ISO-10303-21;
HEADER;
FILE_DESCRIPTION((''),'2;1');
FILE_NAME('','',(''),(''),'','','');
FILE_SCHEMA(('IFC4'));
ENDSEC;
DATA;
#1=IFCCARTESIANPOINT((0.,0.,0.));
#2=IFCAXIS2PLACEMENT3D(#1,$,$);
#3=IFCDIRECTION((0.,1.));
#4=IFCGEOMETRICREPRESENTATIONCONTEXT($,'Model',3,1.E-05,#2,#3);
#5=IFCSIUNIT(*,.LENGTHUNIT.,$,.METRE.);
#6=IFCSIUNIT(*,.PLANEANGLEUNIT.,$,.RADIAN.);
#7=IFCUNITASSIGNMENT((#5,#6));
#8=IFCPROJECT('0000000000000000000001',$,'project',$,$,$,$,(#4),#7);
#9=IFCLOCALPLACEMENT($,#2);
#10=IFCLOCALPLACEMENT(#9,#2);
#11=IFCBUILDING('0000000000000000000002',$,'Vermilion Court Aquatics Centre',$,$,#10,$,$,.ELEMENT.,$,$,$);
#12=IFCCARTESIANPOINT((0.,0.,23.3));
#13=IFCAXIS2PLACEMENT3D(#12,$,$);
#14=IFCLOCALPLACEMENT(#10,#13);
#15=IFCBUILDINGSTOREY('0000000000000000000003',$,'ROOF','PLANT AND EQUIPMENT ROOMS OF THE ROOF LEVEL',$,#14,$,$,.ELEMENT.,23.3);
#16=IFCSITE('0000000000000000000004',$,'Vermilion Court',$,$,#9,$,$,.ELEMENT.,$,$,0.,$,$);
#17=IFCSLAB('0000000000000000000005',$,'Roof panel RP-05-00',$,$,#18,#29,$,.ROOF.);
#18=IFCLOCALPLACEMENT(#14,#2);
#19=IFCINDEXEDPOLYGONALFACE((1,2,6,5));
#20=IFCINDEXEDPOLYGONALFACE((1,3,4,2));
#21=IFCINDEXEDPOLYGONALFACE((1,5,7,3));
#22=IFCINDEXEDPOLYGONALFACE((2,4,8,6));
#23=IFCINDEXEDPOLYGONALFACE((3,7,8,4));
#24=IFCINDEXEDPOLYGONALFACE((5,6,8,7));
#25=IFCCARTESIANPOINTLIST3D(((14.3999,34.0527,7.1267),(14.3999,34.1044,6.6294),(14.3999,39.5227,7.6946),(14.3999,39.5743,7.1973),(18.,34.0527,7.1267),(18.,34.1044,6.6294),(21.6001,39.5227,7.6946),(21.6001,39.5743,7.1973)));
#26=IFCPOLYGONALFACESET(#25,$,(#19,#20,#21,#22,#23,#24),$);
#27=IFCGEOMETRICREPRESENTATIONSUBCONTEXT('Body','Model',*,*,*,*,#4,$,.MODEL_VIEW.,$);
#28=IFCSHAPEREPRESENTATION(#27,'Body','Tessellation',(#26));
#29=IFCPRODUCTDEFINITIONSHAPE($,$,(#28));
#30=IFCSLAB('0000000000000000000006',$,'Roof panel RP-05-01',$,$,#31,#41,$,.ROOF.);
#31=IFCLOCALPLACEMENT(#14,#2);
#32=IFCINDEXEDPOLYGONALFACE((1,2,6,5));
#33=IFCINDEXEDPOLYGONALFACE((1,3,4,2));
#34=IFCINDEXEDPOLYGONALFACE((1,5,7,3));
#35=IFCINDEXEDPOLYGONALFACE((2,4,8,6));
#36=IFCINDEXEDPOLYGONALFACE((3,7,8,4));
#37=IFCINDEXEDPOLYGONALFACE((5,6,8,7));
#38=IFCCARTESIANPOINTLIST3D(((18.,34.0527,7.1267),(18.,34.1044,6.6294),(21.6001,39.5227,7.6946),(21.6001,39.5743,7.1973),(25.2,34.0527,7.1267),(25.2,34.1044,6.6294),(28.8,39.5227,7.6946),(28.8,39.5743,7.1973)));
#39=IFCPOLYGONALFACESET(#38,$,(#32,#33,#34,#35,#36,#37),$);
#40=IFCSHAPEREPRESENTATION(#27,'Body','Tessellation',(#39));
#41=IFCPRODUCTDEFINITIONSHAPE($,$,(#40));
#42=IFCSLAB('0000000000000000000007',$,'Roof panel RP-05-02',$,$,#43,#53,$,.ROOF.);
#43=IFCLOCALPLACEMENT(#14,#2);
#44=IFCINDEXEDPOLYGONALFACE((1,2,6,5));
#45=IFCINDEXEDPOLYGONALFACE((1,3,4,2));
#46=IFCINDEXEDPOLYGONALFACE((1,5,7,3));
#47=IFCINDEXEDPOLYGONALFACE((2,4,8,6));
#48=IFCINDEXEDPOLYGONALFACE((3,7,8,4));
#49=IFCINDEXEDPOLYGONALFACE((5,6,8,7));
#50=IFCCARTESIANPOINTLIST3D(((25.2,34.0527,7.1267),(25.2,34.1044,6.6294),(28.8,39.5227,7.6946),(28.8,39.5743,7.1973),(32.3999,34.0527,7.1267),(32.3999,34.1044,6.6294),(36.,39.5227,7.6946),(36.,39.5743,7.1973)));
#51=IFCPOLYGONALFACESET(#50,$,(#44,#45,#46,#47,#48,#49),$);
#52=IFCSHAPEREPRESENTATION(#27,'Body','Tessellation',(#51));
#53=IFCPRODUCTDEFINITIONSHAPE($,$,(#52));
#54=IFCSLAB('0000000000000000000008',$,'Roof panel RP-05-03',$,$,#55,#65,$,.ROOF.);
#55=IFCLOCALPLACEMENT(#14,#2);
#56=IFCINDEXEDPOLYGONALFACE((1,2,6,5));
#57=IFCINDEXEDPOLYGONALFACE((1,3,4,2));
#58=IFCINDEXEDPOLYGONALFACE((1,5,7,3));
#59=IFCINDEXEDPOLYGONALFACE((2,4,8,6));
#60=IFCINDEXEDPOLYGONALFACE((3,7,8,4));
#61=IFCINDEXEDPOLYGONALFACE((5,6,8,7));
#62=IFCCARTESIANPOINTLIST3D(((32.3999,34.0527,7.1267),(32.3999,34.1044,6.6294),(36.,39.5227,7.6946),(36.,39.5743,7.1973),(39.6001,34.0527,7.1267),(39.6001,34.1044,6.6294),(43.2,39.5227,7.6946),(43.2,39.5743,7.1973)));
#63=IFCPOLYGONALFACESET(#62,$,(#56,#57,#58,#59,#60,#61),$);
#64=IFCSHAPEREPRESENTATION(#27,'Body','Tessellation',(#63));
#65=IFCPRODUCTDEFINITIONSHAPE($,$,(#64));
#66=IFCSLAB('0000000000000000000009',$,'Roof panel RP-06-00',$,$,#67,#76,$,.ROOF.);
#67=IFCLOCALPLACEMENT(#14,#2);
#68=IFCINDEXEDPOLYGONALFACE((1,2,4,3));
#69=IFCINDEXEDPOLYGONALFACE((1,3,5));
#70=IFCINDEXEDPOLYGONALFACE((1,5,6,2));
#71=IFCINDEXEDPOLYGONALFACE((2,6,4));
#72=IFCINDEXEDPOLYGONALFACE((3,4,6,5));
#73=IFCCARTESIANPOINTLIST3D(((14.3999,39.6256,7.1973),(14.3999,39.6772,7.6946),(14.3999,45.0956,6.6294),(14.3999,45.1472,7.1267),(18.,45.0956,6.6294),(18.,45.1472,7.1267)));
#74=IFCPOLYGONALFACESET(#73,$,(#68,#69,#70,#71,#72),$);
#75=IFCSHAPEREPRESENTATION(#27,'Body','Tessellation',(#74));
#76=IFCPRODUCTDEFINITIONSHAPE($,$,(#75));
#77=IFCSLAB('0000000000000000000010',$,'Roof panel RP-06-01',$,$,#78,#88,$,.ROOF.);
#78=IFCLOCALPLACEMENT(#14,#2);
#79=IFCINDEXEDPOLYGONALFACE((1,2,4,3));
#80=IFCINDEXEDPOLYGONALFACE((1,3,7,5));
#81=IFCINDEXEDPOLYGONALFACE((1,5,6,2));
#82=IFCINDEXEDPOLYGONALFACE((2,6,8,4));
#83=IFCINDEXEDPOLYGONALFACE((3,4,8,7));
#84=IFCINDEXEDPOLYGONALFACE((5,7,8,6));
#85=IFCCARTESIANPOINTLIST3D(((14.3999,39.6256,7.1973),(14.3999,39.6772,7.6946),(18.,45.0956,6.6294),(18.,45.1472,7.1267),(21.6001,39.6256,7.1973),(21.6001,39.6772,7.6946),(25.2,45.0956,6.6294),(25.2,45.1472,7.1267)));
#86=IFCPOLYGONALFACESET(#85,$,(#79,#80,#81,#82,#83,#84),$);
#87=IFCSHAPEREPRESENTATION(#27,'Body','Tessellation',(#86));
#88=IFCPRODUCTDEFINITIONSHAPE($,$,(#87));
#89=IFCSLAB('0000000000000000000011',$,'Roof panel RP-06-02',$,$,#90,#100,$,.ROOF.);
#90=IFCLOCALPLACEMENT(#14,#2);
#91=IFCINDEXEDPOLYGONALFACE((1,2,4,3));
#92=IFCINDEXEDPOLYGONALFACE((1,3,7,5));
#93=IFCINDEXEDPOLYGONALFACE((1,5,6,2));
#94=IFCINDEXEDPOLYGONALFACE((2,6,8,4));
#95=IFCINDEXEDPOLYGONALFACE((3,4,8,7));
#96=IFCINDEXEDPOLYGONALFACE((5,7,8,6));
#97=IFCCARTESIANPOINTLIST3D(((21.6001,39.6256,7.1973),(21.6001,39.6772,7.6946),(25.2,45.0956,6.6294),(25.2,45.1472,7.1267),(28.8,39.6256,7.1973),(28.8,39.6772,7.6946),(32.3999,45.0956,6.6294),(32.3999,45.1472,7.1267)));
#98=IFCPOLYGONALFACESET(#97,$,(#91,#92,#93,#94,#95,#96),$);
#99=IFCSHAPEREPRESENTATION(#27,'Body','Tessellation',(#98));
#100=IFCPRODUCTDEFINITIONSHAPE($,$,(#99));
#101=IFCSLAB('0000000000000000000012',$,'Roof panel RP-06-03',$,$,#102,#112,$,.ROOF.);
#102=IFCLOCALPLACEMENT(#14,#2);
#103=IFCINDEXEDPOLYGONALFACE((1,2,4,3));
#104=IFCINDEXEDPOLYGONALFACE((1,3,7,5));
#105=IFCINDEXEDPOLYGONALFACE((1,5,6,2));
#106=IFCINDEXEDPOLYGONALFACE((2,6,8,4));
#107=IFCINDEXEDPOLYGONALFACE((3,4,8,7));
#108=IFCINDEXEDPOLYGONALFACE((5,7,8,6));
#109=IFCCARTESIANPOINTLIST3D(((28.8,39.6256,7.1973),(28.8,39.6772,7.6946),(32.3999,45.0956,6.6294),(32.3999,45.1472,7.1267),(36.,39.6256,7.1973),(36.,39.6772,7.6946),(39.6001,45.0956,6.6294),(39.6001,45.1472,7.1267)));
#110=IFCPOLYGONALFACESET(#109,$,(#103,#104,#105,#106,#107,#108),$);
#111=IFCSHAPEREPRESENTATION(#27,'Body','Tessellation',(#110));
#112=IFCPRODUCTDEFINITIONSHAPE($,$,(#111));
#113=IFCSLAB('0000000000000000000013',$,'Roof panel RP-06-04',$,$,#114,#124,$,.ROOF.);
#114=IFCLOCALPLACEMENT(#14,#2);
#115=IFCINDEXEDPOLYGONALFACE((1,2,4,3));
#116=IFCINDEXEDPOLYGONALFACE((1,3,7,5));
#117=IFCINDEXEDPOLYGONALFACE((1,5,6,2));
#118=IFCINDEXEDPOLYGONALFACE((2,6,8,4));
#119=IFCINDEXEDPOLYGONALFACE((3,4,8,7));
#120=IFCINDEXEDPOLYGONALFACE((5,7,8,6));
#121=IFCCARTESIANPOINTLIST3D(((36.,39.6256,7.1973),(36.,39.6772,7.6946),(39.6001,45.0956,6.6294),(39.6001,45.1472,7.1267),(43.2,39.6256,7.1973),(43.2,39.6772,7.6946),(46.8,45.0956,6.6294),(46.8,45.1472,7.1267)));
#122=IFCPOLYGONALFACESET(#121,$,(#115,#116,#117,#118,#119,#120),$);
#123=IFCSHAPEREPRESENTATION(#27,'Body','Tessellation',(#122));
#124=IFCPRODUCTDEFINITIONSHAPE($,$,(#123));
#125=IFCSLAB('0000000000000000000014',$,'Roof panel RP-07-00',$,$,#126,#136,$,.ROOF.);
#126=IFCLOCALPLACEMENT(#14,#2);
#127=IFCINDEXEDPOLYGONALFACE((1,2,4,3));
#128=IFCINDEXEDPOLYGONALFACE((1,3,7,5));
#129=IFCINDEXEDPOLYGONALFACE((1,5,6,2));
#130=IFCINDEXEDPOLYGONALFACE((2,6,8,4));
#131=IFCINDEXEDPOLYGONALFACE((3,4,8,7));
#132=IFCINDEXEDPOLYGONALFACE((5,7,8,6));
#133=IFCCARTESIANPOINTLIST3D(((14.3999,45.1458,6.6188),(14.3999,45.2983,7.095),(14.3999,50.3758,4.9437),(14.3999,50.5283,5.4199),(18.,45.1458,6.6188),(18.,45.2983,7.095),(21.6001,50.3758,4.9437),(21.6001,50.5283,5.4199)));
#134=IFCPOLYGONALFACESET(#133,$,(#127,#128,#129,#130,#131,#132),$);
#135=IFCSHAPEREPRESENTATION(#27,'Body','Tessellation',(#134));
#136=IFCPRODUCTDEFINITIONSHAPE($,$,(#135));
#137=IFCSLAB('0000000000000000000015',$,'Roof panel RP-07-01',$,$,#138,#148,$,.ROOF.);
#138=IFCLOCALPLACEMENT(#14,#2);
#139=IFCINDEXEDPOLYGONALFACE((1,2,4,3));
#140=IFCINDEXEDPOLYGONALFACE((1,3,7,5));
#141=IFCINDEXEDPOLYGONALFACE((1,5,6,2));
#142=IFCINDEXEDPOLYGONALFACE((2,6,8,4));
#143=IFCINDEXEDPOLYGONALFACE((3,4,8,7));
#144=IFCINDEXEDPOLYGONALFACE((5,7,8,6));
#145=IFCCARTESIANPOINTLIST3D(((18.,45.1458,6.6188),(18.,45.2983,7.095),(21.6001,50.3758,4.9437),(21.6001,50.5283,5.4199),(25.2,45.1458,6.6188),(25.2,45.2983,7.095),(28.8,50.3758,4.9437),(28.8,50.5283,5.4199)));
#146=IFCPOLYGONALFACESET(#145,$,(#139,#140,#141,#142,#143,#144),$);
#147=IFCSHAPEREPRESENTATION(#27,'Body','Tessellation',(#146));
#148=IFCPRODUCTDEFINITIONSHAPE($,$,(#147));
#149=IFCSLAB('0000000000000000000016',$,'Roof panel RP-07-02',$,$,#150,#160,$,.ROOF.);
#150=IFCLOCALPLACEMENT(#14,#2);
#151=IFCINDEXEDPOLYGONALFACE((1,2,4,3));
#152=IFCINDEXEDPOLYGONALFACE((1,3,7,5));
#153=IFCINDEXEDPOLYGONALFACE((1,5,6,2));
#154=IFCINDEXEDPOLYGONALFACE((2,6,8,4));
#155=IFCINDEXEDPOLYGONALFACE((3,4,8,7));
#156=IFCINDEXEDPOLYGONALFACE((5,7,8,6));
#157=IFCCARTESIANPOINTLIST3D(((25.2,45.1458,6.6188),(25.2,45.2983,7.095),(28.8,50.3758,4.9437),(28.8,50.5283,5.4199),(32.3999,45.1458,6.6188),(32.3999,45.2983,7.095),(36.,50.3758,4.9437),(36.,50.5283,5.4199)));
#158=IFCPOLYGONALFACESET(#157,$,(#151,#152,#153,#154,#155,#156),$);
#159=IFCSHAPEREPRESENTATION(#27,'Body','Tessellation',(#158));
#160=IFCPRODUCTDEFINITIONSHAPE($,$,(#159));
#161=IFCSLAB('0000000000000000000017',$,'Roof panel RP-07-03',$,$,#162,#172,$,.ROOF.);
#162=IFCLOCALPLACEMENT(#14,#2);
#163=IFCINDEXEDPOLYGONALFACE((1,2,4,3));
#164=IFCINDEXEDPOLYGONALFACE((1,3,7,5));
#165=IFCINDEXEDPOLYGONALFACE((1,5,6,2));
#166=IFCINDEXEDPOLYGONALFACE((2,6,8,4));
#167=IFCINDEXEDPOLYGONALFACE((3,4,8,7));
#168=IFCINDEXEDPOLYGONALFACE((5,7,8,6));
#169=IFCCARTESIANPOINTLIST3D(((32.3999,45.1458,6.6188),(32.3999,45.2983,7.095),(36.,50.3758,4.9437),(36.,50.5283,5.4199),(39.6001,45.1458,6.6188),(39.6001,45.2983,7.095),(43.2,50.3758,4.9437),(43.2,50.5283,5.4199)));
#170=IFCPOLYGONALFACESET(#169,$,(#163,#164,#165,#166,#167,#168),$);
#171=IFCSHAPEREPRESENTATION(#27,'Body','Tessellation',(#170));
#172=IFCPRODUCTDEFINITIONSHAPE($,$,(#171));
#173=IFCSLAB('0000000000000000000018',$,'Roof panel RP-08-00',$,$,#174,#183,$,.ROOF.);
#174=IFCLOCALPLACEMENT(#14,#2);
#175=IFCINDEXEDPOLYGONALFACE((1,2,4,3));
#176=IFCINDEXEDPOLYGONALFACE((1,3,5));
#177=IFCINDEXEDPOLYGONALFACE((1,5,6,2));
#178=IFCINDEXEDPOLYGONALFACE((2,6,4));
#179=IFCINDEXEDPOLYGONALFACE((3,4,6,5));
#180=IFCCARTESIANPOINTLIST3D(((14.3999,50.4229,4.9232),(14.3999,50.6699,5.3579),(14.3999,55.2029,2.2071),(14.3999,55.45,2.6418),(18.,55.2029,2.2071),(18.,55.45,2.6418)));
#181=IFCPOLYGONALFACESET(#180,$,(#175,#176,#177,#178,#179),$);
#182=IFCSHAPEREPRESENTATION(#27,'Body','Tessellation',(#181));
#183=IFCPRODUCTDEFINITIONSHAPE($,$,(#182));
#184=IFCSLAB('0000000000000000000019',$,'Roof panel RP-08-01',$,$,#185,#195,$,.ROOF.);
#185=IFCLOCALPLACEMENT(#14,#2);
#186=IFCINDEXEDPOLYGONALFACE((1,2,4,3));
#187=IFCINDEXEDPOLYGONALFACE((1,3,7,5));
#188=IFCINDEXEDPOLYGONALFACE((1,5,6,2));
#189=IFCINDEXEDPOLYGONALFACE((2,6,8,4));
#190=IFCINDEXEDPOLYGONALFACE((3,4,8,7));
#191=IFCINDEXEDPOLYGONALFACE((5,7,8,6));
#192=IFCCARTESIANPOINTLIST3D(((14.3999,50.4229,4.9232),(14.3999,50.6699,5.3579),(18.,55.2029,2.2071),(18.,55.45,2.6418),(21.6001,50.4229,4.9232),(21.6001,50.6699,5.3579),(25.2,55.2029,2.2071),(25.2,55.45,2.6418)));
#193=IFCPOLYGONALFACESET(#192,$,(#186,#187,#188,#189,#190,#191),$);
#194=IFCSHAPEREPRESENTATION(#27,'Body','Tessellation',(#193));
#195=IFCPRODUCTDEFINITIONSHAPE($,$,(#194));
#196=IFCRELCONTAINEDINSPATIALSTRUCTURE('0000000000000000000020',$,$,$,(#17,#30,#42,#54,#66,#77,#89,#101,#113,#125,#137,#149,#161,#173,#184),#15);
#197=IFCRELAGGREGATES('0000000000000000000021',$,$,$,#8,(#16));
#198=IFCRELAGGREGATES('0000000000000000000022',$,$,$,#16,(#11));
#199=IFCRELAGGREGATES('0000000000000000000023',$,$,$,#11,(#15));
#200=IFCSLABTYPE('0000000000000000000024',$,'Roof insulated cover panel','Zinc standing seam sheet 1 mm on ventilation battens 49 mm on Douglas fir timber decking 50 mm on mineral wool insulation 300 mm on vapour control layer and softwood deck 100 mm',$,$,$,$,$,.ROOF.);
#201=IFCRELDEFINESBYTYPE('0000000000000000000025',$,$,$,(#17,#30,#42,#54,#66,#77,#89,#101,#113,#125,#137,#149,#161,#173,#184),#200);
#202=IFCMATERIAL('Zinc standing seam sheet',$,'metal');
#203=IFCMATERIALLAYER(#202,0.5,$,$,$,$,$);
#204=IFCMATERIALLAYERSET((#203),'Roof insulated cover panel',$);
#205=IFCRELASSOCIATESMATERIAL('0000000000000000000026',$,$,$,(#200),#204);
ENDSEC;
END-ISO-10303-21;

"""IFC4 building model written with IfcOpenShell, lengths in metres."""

from ifc_helpers import new_model, si_unit, direction, frame, origin, place, context, subcontext, project, spatial, polyline, outline, extrude, material, layer, layer_set, type_object, element, save


model = new_model("IFC4")

# Units and contexts
model_context = context("Model", 3, precision=1e-05, world=origin(), true_north=direction((0.0, 1.0)))
body_context = subcontext(model_context, "Body", "Model", "MODEL_VIEW")
ifc_project = project(units=[si_unit("LENGTHUNIT", "METRE"), si_unit("PLANEANGLEUNIT", "RADIAN")], contexts=[model_context])

# Site, building, storey
site_placement = place(None, origin())
site = spatial("IfcSite", under=ifc_project, at=site_placement, Name="Vermilion Court", CompositionType="ELEMENT", RefElevation=0.0)
building_placement = place(site_placement, origin())
building = spatial("IfcBuilding", under=site, at=building_placement, Name="Vermilion Court Aquatics Centre", CompositionType="ELEMENT")
storey_placement = place(building_placement, frame((0.0, 0.0, 23.3)))
storey = spatial("IfcBuildingStorey", under=building, at=storey_placement, Name="ROOF", Description="PLANT AND EQUIPMENT ROOMS OF THE ROOF LEVEL", CompositionType="ELEMENT", Elevation=23.3)

# Slabs
ifc_material = material(Name="Zinc standing seam sheet", Category="metal")
ifc_layer = layer(ifc_material, 0.5)
ifc_layer_set = layer_set([ifc_layer], Name="Roof insulated cover panel")
slab_type = type_object("IfcSlabType", Name="Roof insulated cover panel", Description="Zinc standing seam sheet 1 mm on ventilation battens 49 mm on Douglas fir timber decking 50 mm on mineral wool insulation 300 mm on vapour control layer and softwood deck 100 mm", PredefinedType="ROOF", material=ifc_layer_set)
slab_1_placement = place(storey_placement, frame((14.3999, 34.0527, 7.1267), z_axis=(0.0, -0.103261, 0.994654), x_axis=(1.0, 0.0, 0.0)))
element("IfcSlab", 1, at=slab_1_placement, inside=storey, type_object=slab_type, Name="Roof panel RP-05-00", PredefinedType="ROOF", context=body_context, shape_type="SweptSolid", body=[
    extrude(outline(polyline([(0.0, 0.0), (3.6001, 0.0), (7.2002, 5.4994), (0.0, 5.4994), (0.0, 0.0)])), origin(), (0.0, 0.0, -1.0), 0.5),
])
for number, where, z_axis, x_axis, name in (
    (2, (18.0, 34.0527, 7.1267), (0.0, -0.103261, 0.994654), (1.0, 0.0, 0.0), "Roof panel RP-05-01"),
    (3, (25.2, 34.0527, 7.1267), (0.0, -0.103261, 0.994654), (1.0, 0.0, 0.0), "Roof panel RP-05-02"),
):
    element("IfcSlab", number, at=place(storey_placement, frame(where, z_axis=z_axis, x_axis=x_axis)), inside=storey, type_object=slab_type, Name=name, PredefinedType="ROOF", context=body_context, shape_type="SweptSolid", body=[
        extrude(outline(polyline([(0.0, 0.0), (7.2, 0.0), (10.8, 5.4994), (3.6001, 5.4994), (0.0, 0.0)])), origin(), (0.0, 0.0, -1.0), 0.5),
    ])
slab_2_placement = place(storey_placement, frame((32.3999, 34.0527, 7.1267), z_axis=(0.0, -0.103261, 0.994654), x_axis=(1.0, 0.0, 0.0)))
element("IfcSlab", 4, at=slab_2_placement, inside=storey, type_object=slab_type, Name="Roof panel RP-05-03", PredefinedType="ROOF", context=body_context, shape_type="SweptSolid", body=[
    extrude(outline(polyline([(0.0, 0.0), (7.2002, 0.0), (10.8, 5.4994), (3.6001, 5.4994), (0.0, 0.0)])), origin(), (0.0, 0.0, -1.0), 0.5),
])
slab_3_placement = place(storey_placement, frame((14.3999, 39.6772, 7.6946), z_axis=(0.0, 0.103261, 0.994654), x_axis=(0.547714, 0.832193, -0.086395)))
element("IfcSlab", 5, at=slab_3_placement, inside=storey, type_object=slab_type, Name="Roof panel RP-06-00", PredefinedType="ROOF", context=body_context, shape_type="SweptSolid", body=[
    extrude(outline(polyline([(0.0, 0.0), (6.573, 0.0), (4.6011, 3.0121), (0.0, 0.0)])), origin(), (0.0, 0.0, -1.0), 0.5),
])
slab_4_placement = place(storey_placement, frame((14.3999, 39.6772, 7.6946), z_axis=(0.0, 0.103261, 0.994654), x_axis=(1.0, 0.0, 0.0)))
element("IfcSlab", 6, at=slab_4_placement, inside=storey, type_object=slab_type, Name="Roof panel RP-06-01", PredefinedType="ROOF", context=body_context, shape_type="SweptSolid", body=[
    extrude(outline(polyline([(0.0, 0.0), (7.2002, 0.0), (10.8, 5.4994), (3.6001, 5.4994), (0.0, 0.0)])), origin(), (0.0, 0.0, -1.0), 0.5),
])
slab_5_placement = place(storey_placement, frame((21.6001, 39.6772, 7.6946), z_axis=(0.0, 0.103261, 0.994654), x_axis=(1.0, 0.0, 0.0)))
element("IfcSlab", 7, at=slab_5_placement, inside=storey, type_object=slab_type, Name="Roof panel RP-06-02", PredefinedType="ROOF", context=body_context, shape_type="SweptSolid", body=[
    extrude(outline(polyline([(0.0, 0.0), (7.2, 0.0), (10.7998, 5.4994), (3.5999, 5.4994), (0.0, 0.0)])), origin(), (0.0, 0.0, -1.0), 0.5),
])
slab_6_placement = place(storey_placement, frame((28.8, 39.6772, 7.6946), z_axis=(0.0, 0.103261, 0.994654), x_axis=(1.0, 0.0, 0.0)))
element("IfcSlab", 8, at=slab_6_placement, inside=storey, type_object=slab_type, Name="Roof panel RP-06-03", PredefinedType="ROOF", context=body_context, shape_type="SweptSolid", body=[
    extrude(outline(polyline([(0.0, 0.0), (7.2, 0.0), (10.8, 5.4994), (3.5999, 5.4994), (0.0, 0.0)])), origin(), (0.0, 0.0, -1.0), 0.5),
])
slab_7_placement = place(storey_placement, frame((36.0, 39.6772, 7.6946), z_axis=(0.0, 0.103261, 0.994654), x_axis=(1.0, 0.0, 0.0)))
element("IfcSlab", 9, at=slab_7_placement, inside=storey, type_object=slab_type, Name="Roof panel RP-06-04", PredefinedType="ROOF", context=body_context, shape_type="SweptSolid", body=[
    extrude(outline(polyline([(0.0, 0.0), (7.2, 0.0), (10.8, 5.4994), (3.6001, 5.4994), (0.0, 0.0)])), origin(), (0.0, 0.0, -1.0), 0.5),
])
slab_8_placement = place(storey_placement, frame((14.3999, 45.2983, 7.095), z_axis=(0.0, 0.305016, 0.952347), x_axis=(1.0, 0.0, 0.0)))
element("IfcSlab", 10, at=slab_8_placement, inside=storey, type_object=slab_type, Name="Roof panel RP-07-00", PredefinedType="ROOF", context=body_context, shape_type="SweptSolid", body=[
    extrude(outline(polyline([(0.0, 0.0), (3.6001, 0.0), (7.2002, 5.4917), (0.0, 5.4917), (0.0, 0.0)])), origin(), (0.0, 0.0, -1.0), 0.5),
])
for number, where, z_axis, x_axis, name in (
    (11, (18.0, 45.2983, 7.095), (0.0, 0.305016, 0.952347), (1.0, 0.0, 0.0), "Roof panel RP-07-01"),
    (12, (25.2, 45.2983, 7.095), (0.0, 0.305016, 0.952347), (1.0, 0.0, 0.0), "Roof panel RP-07-02"),
):
    element("IfcSlab", number, at=place(storey_placement, frame(where, z_axis=z_axis, x_axis=x_axis)), inside=storey, type_object=slab_type, Name=name, PredefinedType="ROOF", context=body_context, shape_type="SweptSolid", body=[
        extrude(outline(polyline([(0.0, 0.0), (7.2, 0.0), (10.8, 5.4917), (3.6001, 5.4917), (0.0, 0.0)])), origin(), (0.0, 0.0, -1.0), 0.5),
    ])
slab_9_placement = place(storey_placement, frame((32.3999, 45.2983, 7.095), z_axis=(0.0, 0.305016, 0.952347), x_axis=(1.0, 0.0, 0.0)))
element("IfcSlab", 13, at=slab_9_placement, inside=storey, type_object=slab_type, Name="Roof panel RP-07-03", PredefinedType="ROOF", context=body_context, shape_type="SweptSolid", body=[
    extrude(outline(polyline([(0.0, 0.0), (7.2002, 0.0), (10.8, 5.4917), (3.6001, 5.4917), (0.0, 0.0)])), origin(), (0.0, 0.0, -1.0), 0.5),
])
slab_10_placement = place(storey_placement, frame((14.3999, 50.6699, 5.3579), z_axis=(0.0, 0.494028, 0.869446), x_axis=(0.547824, 0.727373, -0.413301)))
element("IfcSlab", 14, at=slab_10_placement, inside=storey, type_object=slab_type, Name="Roof panel RP-08-00", PredefinedType="ROOF", context=body_context, shape_type="SweptSolid", body=[
    extrude(outline(polyline([(0.0, 0.0), (6.5716, 0.0), (4.5994, 3.0118), (0.0, 0.0)])), origin(), (0.0, 0.0, -1.0), 0.5),
])
slab_11_placement = place(storey_placement, frame((14.3999, 50.6699, 5.3579), z_axis=(0.0, 0.494028, 0.869446), x_axis=(1.0, 0.0, 0.0)))
element("IfcSlab", 15, at=slab_11_placement, inside=storey, type_object=slab_type, Name="Roof panel RP-08-01", PredefinedType="ROOF", context=body_context, shape_type="SweptSolid", body=[
    extrude(outline(polyline([(0.0, 0.0), (7.2002, 0.0), (10.8, 5.4978), (3.6001, 5.4978), (0.0, 0.0)])), origin(), (0.0, 0.0, -1.0), 0.5),
])

save(model, "model.ifc")
